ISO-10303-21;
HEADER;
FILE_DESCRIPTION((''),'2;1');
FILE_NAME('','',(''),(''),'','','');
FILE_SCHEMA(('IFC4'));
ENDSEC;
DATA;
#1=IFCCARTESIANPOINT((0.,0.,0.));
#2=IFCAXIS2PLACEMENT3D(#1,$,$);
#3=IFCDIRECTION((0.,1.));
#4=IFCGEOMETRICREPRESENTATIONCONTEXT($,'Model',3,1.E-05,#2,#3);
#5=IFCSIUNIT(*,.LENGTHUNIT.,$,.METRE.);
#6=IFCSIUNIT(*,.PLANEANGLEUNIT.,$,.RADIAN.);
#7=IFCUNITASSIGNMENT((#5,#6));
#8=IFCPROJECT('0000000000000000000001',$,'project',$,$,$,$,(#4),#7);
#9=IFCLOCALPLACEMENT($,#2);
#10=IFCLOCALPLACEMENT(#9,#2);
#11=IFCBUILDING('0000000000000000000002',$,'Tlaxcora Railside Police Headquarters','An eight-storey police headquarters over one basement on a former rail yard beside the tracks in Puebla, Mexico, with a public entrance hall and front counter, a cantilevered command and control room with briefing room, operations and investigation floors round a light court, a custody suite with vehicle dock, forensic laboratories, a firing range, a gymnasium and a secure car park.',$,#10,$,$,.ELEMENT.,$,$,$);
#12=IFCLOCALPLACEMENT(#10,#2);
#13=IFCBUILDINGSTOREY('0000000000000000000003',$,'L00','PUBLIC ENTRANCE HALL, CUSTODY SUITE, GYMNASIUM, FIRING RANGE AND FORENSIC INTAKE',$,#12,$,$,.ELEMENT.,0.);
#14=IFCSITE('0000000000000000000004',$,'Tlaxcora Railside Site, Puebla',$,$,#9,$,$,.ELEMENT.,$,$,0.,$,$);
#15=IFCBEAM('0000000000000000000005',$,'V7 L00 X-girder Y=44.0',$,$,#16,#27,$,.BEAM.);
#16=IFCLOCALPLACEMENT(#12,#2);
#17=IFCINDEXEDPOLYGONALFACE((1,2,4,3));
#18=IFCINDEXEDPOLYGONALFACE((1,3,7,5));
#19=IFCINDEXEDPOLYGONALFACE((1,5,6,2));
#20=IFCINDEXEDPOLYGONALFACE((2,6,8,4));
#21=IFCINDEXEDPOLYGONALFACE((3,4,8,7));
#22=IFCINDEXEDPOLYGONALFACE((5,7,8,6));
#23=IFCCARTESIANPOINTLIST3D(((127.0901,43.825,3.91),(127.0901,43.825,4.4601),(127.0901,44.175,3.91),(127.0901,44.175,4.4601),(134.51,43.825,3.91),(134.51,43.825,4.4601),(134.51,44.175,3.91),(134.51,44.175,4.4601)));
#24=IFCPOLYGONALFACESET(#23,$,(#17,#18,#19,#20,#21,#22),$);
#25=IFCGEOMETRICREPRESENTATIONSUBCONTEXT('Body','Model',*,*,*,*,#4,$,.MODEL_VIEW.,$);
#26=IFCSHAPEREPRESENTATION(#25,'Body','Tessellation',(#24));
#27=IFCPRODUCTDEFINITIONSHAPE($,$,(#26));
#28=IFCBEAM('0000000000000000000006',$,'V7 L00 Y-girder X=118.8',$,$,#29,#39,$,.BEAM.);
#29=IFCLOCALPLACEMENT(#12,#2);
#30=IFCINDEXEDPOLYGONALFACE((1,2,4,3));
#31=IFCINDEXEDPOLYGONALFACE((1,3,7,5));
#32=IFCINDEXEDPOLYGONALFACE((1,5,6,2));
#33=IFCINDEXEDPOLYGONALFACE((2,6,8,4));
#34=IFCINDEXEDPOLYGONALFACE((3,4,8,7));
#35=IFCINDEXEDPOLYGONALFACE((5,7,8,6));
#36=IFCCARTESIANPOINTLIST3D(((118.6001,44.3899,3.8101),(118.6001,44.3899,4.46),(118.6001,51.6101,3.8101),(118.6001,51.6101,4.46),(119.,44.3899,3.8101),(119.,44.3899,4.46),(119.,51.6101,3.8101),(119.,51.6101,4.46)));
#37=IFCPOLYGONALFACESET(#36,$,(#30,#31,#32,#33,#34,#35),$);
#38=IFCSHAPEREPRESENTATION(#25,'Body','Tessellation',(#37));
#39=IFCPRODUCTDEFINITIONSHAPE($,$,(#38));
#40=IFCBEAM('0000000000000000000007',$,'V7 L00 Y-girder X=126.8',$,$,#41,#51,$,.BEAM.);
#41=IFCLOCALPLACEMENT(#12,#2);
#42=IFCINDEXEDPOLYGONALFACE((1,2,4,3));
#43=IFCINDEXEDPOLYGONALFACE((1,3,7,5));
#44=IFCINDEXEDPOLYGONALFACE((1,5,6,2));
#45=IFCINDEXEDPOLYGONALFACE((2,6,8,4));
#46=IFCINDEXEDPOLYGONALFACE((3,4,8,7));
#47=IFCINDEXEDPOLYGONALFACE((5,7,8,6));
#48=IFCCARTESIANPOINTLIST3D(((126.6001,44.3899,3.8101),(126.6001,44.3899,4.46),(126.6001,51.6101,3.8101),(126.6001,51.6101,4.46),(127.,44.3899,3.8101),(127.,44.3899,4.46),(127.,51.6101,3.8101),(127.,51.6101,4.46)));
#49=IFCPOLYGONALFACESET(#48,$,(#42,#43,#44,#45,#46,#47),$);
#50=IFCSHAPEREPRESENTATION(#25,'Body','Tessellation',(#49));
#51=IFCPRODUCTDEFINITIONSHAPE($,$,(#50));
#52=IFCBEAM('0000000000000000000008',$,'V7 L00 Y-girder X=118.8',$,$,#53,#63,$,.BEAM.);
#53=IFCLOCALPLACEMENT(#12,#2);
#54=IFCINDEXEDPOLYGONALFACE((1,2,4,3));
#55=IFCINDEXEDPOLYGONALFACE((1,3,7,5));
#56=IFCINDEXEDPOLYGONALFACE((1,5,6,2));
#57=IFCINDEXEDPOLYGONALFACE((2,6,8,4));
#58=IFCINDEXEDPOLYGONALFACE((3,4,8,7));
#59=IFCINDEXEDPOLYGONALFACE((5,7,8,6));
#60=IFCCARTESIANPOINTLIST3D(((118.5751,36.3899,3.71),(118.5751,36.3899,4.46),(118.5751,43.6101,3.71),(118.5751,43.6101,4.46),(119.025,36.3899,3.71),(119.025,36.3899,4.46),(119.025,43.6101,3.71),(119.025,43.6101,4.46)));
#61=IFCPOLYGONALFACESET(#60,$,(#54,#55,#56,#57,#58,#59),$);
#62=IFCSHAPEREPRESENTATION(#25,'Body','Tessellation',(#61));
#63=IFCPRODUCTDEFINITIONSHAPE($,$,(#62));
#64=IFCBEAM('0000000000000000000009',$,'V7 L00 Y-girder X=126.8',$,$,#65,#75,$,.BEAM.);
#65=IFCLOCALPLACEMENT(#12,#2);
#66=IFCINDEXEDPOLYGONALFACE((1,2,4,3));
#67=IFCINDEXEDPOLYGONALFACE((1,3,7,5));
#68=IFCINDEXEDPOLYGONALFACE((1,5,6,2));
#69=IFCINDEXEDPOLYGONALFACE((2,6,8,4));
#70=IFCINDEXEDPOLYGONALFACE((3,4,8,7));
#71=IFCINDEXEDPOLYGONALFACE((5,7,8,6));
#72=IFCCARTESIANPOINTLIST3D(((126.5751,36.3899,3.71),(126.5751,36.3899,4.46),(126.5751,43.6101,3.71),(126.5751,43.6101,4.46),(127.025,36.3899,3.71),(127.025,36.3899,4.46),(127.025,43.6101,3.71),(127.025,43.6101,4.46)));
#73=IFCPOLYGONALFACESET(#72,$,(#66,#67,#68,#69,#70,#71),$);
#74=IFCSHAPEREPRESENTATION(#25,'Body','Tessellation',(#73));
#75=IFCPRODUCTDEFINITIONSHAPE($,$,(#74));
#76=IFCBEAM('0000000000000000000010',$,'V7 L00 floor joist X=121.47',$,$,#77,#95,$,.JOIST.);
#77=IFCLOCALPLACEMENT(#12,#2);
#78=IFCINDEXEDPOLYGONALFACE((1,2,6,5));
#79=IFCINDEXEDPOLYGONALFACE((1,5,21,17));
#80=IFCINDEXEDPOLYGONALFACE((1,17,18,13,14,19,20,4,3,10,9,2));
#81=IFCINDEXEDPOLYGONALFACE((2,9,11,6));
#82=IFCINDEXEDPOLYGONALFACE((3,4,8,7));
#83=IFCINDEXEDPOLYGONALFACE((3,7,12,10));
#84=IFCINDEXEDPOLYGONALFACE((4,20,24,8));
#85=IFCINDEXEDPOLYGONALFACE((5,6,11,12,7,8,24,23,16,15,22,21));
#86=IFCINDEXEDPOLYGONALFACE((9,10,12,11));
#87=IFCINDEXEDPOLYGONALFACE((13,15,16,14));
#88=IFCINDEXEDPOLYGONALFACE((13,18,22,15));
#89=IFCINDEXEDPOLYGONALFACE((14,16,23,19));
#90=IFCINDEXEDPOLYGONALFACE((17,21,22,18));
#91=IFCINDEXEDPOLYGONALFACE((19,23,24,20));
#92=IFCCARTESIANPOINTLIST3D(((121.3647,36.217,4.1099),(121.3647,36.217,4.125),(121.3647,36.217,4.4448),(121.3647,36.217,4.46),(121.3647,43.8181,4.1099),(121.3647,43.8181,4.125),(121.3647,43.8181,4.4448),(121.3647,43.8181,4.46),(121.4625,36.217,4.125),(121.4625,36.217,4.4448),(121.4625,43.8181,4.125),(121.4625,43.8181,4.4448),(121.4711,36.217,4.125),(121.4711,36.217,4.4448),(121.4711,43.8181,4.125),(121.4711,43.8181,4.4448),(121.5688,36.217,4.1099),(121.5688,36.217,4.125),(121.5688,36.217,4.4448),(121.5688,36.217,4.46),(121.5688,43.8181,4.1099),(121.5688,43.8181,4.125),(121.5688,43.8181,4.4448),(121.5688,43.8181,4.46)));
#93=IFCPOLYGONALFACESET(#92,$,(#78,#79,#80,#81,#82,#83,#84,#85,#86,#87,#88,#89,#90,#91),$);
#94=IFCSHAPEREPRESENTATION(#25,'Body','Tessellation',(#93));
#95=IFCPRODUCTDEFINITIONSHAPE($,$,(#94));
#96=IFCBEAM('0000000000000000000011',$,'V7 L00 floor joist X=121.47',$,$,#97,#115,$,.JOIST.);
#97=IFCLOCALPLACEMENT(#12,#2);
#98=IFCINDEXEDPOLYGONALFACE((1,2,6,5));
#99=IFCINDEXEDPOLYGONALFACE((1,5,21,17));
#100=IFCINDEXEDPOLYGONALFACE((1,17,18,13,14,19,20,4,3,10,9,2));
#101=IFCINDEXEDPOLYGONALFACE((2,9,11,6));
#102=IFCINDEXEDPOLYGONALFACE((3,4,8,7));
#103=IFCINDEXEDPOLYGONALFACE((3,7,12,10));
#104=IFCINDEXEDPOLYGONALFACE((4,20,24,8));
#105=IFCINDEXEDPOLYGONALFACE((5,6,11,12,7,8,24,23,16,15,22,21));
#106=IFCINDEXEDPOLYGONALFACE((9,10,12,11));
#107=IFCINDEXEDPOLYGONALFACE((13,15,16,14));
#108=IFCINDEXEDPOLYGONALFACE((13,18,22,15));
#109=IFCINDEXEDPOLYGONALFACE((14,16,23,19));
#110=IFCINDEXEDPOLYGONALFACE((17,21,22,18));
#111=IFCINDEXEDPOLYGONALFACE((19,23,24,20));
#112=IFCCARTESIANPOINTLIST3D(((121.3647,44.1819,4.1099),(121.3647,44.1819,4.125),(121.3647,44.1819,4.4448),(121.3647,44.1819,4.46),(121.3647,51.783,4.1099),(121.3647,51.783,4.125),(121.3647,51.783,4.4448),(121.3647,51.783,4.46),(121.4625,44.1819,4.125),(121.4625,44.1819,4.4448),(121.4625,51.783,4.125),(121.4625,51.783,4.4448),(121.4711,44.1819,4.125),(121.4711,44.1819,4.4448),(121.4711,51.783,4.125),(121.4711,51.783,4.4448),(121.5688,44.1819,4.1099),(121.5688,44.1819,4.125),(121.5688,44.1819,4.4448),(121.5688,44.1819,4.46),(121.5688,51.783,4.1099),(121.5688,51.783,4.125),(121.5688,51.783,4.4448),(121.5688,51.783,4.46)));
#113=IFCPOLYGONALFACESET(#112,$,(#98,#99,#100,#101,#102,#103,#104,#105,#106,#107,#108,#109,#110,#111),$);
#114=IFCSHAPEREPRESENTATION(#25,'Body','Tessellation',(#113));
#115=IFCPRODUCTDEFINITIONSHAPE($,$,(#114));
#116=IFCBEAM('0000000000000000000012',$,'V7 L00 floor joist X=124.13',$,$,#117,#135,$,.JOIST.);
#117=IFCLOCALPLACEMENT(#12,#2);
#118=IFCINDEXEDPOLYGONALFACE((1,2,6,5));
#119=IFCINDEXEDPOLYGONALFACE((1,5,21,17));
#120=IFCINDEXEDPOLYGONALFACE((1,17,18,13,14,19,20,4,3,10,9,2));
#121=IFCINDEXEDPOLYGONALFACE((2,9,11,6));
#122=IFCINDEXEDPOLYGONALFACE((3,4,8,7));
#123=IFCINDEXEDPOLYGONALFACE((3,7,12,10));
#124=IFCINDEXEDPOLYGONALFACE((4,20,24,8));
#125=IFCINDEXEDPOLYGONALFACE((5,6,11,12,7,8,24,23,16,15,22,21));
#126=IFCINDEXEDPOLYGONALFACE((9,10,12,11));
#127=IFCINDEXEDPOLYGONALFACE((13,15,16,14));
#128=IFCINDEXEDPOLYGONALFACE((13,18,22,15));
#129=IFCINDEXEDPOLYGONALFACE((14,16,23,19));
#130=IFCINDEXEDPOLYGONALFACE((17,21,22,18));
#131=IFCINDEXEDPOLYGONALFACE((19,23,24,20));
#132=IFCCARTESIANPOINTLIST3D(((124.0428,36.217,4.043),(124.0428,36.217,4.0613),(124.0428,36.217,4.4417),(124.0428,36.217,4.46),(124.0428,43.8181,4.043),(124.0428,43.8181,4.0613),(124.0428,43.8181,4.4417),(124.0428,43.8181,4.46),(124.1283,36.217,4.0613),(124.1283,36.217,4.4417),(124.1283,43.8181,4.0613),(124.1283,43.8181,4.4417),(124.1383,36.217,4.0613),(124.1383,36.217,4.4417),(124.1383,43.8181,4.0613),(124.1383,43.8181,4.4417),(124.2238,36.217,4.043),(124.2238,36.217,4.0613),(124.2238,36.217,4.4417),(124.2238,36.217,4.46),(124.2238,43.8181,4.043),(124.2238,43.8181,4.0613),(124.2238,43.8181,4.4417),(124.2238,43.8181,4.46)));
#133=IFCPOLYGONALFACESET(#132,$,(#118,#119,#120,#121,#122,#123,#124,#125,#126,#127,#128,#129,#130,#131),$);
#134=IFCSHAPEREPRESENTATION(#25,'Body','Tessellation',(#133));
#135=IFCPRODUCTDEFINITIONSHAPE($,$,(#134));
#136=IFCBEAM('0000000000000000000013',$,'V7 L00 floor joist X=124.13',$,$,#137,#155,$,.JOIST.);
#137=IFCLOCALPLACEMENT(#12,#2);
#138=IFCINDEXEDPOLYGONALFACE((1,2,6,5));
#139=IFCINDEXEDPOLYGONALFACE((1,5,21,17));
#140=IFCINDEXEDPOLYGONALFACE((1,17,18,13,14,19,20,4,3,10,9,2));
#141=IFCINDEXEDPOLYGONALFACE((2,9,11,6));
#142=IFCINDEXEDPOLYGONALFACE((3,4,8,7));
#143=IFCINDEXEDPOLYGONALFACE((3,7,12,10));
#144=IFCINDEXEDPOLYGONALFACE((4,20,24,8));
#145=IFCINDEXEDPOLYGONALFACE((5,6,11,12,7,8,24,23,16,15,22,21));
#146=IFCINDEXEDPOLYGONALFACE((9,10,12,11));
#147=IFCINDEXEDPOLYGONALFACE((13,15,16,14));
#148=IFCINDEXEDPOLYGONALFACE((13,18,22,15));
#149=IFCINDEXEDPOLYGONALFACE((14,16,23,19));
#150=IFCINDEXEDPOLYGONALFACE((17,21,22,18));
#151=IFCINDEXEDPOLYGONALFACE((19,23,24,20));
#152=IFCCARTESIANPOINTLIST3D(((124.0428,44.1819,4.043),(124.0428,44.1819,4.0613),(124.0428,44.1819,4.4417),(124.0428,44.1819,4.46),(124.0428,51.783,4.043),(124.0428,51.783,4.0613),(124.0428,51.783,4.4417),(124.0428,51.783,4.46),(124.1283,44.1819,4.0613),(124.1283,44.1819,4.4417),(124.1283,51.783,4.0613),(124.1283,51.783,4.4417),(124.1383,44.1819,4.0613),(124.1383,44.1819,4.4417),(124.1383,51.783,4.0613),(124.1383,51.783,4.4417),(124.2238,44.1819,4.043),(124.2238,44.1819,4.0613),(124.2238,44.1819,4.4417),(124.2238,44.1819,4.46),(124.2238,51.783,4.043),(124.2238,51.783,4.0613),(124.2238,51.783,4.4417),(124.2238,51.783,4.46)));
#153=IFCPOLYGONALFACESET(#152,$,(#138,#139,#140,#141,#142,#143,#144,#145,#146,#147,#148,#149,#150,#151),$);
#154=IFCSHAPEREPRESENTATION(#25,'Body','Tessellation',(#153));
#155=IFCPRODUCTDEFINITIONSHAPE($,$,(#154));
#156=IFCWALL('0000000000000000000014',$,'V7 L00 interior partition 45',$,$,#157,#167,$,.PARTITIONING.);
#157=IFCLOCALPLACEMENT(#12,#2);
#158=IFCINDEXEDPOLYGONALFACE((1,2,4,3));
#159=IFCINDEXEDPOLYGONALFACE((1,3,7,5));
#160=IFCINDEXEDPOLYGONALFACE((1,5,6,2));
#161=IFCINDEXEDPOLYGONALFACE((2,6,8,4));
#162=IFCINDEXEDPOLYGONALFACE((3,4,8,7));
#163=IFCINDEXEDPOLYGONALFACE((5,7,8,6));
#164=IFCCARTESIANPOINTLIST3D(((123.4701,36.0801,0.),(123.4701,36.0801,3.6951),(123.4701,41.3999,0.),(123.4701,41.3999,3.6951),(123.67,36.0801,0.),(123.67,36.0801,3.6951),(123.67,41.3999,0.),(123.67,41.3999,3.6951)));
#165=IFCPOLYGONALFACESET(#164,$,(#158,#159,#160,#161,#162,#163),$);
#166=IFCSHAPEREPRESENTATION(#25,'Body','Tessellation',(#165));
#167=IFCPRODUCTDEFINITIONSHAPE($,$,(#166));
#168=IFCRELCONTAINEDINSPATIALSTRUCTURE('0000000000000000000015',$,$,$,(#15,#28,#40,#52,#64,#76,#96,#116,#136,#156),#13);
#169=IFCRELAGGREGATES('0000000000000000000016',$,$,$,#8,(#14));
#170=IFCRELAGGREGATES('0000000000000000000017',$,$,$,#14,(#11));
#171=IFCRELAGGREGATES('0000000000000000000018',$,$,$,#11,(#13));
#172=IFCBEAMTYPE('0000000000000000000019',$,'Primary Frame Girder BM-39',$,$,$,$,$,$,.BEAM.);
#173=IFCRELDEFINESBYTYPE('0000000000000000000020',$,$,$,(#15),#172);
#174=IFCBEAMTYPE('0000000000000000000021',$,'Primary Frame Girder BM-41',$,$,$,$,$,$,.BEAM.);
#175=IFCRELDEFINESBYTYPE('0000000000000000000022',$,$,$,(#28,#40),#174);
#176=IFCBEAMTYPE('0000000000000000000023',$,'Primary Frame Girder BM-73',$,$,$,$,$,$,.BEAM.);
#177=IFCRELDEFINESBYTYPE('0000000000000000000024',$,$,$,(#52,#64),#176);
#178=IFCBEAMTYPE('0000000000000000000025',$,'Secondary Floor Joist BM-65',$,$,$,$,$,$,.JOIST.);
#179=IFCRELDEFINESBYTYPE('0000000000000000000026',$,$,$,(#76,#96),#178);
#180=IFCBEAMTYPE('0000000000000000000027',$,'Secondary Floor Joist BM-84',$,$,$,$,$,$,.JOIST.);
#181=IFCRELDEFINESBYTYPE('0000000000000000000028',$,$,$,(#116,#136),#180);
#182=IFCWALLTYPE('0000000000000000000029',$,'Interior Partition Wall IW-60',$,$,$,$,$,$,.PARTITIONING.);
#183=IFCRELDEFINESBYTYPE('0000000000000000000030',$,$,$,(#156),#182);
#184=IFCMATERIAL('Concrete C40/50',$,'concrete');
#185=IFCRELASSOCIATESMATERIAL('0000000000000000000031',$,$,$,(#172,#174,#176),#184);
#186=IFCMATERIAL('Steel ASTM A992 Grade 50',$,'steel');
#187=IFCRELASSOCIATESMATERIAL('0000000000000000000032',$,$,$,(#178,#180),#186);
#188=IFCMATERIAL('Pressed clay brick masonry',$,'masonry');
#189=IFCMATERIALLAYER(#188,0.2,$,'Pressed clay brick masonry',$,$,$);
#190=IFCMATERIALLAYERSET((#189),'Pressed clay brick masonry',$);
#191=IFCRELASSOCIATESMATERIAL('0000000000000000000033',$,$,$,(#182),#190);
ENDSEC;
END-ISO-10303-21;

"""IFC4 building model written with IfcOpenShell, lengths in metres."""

from ifc_helpers import new_model, si_unit, direction, frame, frame_2d, origin, origin_2d, place, context, subcontext, project, spatial, rectangle, i_section, extrude, material, layer, layer_set, material_profile, profile_set, type_object, element, save


model = new_model("IFC4")

# Units and contexts
model_context = context("Model", 3, precision=1e-05, world=origin(), true_north=direction((0.0, 1.0)))
body_context = subcontext(model_context, "Body", "Model", "MODEL_VIEW")
ifc_project = project(units=[si_unit("LENGTHUNIT", "METRE"), si_unit("PLANEANGLEUNIT", "RADIAN")], contexts=[model_context])

# Site, building, storey
site_placement = place(None, origin())
site = spatial("IfcSite", under=ifc_project, at=site_placement, Name="Tlaxcora Railside Site, Puebla", CompositionType="ELEMENT", RefElevation=0.0)
building_placement = place(site_placement, origin())
building = spatial("IfcBuilding", under=site, at=building_placement, Name="Tlaxcora Railside Police Headquarters", Description="An eight-storey police headquarters over one basement on a former rail yard beside the tracks in Puebla, Mexico, with a public entrance hall and front counter, a cantilevered command and control room with briefing room, operations and investigation floors round a light court, a custody suite with vehicle dock, forensic laboratories, a firing range, a gymnasium and a secure car park.", CompositionType="ELEMENT")
storey_placement = place(building_placement, origin())
storey = spatial("IfcBuildingStorey", under=building, at=storey_placement, Name="L00", Description="PUBLIC ENTRANCE HALL, CUSTODY SUITE, GYMNASIUM, FIRING RANGE AND FORENSIC INTAKE", CompositionType="ELEMENT", Elevation=0.0)

# Shared definitions
ifc_material_1 = material(Name="Concrete C40/50", Category="concrete")

# Beams
ifc_material_profile_1 = material_profile(ifc_material_1, rectangle(XDim=0.3501, YDim=0.55, at=origin_2d()), Name="RC350X550")
ifc_profile_set_1 = profile_set([ifc_material_profile_1], Name="Concrete C40/50")
beam_type_1 = type_object("IfcBeamType", Name="Primary Frame Girder BM-39", PredefinedType="BEAM", material=ifc_profile_set_1)
beam_1_placement = place(storey_placement, frame((127.0901, 44.0, 4.1851), z_axis=(1.0, 0.0, 0.0), x_axis=(0.0, 1.0, 0.0)))
element("IfcBeam", 1, at=beam_1_placement, inside=storey, type_object=beam_type_1, Name="V7 L00 X-girder Y=44.0", PredefinedType="BEAM", context=body_context, shape_type="SweptSolid", body=[
    extrude(rectangle(XDim=0.3501, YDim=0.55, at=origin_2d()), origin(), (0.0, 0.0, 1.0), 7.4199),
])
ifc_material_profile_2 = material_profile(ifc_material_1, rectangle(XDim=0.3999, YDim=0.6499, at=origin_2d()), Name="RC400X650")
ifc_profile_set_2 = profile_set([ifc_material_profile_2], Name="Concrete C40/50")
beam_type_2 = type_object("IfcBeamType", Name="Primary Frame Girder BM-41", PredefinedType="BEAM", material=ifc_profile_set_2)
for number, where, z_axis, x_axis, name in (
    (2, (118.8, 44.3899, 4.135), (0.0, 1.0, 0.0), (-1.0, 0.0, 0.0), "V7 L00 Y-girder X=118.8"),
    (3, (126.8, 44.3899, 4.135), (0.0, 1.0, 0.0), (-1.0, 0.0, 0.0), "V7 L00 Y-girder X=126.8"),
):
    element("IfcBeam", number, at=place(storey_placement, frame(where, z_axis=z_axis, x_axis=x_axis)), inside=storey, type_object=beam_type_2, Name=name, PredefinedType="BEAM", context=body_context, shape_type="SweptSolid", body=[
        extrude(rectangle(XDim=0.3999, YDim=0.6499, at=origin_2d()), origin(), (0.0, 0.0, 1.0), 7.2202),
    ])
ifc_material_profile_3 = material_profile(ifc_material_1, rectangle(XDim=0.45, YDim=0.75, at=origin_2d()), Name="RC450X750")
ifc_profile_set_3 = profile_set([ifc_material_profile_3], Name="Concrete C40/50")
beam_type_3 = type_object("IfcBeamType", Name="Primary Frame Girder BM-73", PredefinedType="BEAM", material=ifc_profile_set_3)
for number, where, z_axis, x_axis, name in (
    (4, (118.8, 36.3899, 4.085), (0.0, 1.0, 0.0), (-1.0, 0.0, 0.0), "V7 L00 Y-girder X=118.8"),
    (5, (126.8, 36.3899, 4.085), (0.0, 1.0, 0.0), (-1.0, 0.0, 0.0), "V7 L00 Y-girder X=126.8"),
):
    element("IfcBeam", number, at=place(storey_placement, frame(where, z_axis=z_axis, x_axis=x_axis)), inside=storey, type_object=beam_type_3, Name=name, PredefinedType="BEAM", context=body_context, shape_type="SweptSolid", body=[
        extrude(rectangle(XDim=0.45, YDim=0.75, at=origin_2d()), origin(), (0.0, 0.0, 1.0), 7.2202),
    ])
ifc_material_2 = material(Name="Steel ASTM A992 Grade 50", Category="steel")
ifc_material_profile_4 = material_profile(ifc_material_2, i_section(OverallWidth=0.2041, OverallDepth=0.3501, WebThickness=0.0085, FlangeThickness=0.0151, at=origin_2d()), Name="W14X48")
ifc_profile_set_4 = profile_set([ifc_material_profile_4], Name="Steel ASTM A992 Grade 50")
beam_type_4 = type_object("IfcBeamType", Name="Secondary Floor Joist BM-65", PredefinedType="JOIST", material=ifc_profile_set_4)
for number, where, z_axis, x_axis, name in (
    (6, (121.4668, 36.217, 4.2849), (0.0, 1.0, 0.0), (-1.0, 0.0, 0.0), "V7 L00 floor joist X=121.47"),
    (7, (121.4668, 44.1819, 4.2849), (0.0, 1.0, 0.0), (-1.0, 0.0, 0.0), "V7 L00 floor joist X=121.47"),
):
    element("IfcBeam", number, at=place(storey_placement, frame(where, z_axis=z_axis, x_axis=x_axis)), inside=storey, type_object=beam_type_4, Name=name, PredefinedType="JOIST", context=body_context, shape_type="SweptSolid", body=[
        extrude(i_section(OverallWidth=0.2041, OverallDepth=0.3501, WebThickness=0.0085, FlangeThickness=0.0151, at=origin_2d()), origin(), (0.0, 0.0, 1.0), 7.6011),
    ])
ifc_material_profile_5 = material_profile(ifc_material_2, i_section(OverallWidth=0.1809, OverallDepth=0.417, WebThickness=0.01, FlangeThickness=0.0183, at=origin_2d()), Name="W16X57")
ifc_profile_set_5 = profile_set([ifc_material_profile_5], Name="Steel ASTM A992 Grade 50")
beam_type_5 = type_object("IfcBeamType", Name="Secondary Floor Joist BM-84", PredefinedType="JOIST", material=ifc_profile_set_5)
for number, where, z_axis, x_axis, name in (
    (8, (124.1333, 36.217, 4.2515), (0.0, 1.0, 0.0), (-1.0, 0.0, 0.0), "V7 L00 floor joist X=124.13"),
    (9, (124.1333, 44.1819, 4.2515), (0.0, 1.0, 0.0), (-1.0, 0.0, 0.0), "V7 L00 floor joist X=124.13"),
):
    element("IfcBeam", number, at=place(storey_placement, frame(where, z_axis=z_axis, x_axis=x_axis)), inside=storey, type_object=beam_type_5, Name=name, PredefinedType="JOIST", context=body_context, shape_type="SweptSolid", body=[
        extrude(i_section(OverallWidth=0.1809, OverallDepth=0.417, WebThickness=0.01, FlangeThickness=0.0183, at=origin_2d()), origin(), (0.0, 0.0, 1.0), 7.6011),
    ])

# Wall
ifc_material_3 = material(Name="Pressed clay brick masonry", Category="masonry")
ifc_layer_1 = layer(ifc_material_3, 0.2, Name="Pressed clay brick masonry")
ifc_layer_set_1 = layer_set([ifc_layer_1], Name="Pressed clay brick masonry")
wall_type_1 = type_object("IfcWallType", Name="Interior Partition Wall IW-60", PredefinedType="PARTITIONING", material=ifc_layer_set_1)
wall_1_placement = place(storey_placement, frame((123.5701, 36.0801, 0.0), z_axis=(0.0, 0.0, 1.0), x_axis=(0.0, 1.0, 0.0)))
element("IfcWall", 10, at=wall_1_placement, inside=storey, type_object=wall_type_1, Name="V7 L00 interior partition 45", PredefinedType="PARTITIONING", context=body_context, shape_type="SweptSolid", body=[
    extrude(rectangle(XDim=5.3198, YDim=0.2, at=frame_2d((2.6599, 0.0))), origin(), (0.0, 0.0, 1.0), 3.6951),
])

save(model, "model.ifc")
